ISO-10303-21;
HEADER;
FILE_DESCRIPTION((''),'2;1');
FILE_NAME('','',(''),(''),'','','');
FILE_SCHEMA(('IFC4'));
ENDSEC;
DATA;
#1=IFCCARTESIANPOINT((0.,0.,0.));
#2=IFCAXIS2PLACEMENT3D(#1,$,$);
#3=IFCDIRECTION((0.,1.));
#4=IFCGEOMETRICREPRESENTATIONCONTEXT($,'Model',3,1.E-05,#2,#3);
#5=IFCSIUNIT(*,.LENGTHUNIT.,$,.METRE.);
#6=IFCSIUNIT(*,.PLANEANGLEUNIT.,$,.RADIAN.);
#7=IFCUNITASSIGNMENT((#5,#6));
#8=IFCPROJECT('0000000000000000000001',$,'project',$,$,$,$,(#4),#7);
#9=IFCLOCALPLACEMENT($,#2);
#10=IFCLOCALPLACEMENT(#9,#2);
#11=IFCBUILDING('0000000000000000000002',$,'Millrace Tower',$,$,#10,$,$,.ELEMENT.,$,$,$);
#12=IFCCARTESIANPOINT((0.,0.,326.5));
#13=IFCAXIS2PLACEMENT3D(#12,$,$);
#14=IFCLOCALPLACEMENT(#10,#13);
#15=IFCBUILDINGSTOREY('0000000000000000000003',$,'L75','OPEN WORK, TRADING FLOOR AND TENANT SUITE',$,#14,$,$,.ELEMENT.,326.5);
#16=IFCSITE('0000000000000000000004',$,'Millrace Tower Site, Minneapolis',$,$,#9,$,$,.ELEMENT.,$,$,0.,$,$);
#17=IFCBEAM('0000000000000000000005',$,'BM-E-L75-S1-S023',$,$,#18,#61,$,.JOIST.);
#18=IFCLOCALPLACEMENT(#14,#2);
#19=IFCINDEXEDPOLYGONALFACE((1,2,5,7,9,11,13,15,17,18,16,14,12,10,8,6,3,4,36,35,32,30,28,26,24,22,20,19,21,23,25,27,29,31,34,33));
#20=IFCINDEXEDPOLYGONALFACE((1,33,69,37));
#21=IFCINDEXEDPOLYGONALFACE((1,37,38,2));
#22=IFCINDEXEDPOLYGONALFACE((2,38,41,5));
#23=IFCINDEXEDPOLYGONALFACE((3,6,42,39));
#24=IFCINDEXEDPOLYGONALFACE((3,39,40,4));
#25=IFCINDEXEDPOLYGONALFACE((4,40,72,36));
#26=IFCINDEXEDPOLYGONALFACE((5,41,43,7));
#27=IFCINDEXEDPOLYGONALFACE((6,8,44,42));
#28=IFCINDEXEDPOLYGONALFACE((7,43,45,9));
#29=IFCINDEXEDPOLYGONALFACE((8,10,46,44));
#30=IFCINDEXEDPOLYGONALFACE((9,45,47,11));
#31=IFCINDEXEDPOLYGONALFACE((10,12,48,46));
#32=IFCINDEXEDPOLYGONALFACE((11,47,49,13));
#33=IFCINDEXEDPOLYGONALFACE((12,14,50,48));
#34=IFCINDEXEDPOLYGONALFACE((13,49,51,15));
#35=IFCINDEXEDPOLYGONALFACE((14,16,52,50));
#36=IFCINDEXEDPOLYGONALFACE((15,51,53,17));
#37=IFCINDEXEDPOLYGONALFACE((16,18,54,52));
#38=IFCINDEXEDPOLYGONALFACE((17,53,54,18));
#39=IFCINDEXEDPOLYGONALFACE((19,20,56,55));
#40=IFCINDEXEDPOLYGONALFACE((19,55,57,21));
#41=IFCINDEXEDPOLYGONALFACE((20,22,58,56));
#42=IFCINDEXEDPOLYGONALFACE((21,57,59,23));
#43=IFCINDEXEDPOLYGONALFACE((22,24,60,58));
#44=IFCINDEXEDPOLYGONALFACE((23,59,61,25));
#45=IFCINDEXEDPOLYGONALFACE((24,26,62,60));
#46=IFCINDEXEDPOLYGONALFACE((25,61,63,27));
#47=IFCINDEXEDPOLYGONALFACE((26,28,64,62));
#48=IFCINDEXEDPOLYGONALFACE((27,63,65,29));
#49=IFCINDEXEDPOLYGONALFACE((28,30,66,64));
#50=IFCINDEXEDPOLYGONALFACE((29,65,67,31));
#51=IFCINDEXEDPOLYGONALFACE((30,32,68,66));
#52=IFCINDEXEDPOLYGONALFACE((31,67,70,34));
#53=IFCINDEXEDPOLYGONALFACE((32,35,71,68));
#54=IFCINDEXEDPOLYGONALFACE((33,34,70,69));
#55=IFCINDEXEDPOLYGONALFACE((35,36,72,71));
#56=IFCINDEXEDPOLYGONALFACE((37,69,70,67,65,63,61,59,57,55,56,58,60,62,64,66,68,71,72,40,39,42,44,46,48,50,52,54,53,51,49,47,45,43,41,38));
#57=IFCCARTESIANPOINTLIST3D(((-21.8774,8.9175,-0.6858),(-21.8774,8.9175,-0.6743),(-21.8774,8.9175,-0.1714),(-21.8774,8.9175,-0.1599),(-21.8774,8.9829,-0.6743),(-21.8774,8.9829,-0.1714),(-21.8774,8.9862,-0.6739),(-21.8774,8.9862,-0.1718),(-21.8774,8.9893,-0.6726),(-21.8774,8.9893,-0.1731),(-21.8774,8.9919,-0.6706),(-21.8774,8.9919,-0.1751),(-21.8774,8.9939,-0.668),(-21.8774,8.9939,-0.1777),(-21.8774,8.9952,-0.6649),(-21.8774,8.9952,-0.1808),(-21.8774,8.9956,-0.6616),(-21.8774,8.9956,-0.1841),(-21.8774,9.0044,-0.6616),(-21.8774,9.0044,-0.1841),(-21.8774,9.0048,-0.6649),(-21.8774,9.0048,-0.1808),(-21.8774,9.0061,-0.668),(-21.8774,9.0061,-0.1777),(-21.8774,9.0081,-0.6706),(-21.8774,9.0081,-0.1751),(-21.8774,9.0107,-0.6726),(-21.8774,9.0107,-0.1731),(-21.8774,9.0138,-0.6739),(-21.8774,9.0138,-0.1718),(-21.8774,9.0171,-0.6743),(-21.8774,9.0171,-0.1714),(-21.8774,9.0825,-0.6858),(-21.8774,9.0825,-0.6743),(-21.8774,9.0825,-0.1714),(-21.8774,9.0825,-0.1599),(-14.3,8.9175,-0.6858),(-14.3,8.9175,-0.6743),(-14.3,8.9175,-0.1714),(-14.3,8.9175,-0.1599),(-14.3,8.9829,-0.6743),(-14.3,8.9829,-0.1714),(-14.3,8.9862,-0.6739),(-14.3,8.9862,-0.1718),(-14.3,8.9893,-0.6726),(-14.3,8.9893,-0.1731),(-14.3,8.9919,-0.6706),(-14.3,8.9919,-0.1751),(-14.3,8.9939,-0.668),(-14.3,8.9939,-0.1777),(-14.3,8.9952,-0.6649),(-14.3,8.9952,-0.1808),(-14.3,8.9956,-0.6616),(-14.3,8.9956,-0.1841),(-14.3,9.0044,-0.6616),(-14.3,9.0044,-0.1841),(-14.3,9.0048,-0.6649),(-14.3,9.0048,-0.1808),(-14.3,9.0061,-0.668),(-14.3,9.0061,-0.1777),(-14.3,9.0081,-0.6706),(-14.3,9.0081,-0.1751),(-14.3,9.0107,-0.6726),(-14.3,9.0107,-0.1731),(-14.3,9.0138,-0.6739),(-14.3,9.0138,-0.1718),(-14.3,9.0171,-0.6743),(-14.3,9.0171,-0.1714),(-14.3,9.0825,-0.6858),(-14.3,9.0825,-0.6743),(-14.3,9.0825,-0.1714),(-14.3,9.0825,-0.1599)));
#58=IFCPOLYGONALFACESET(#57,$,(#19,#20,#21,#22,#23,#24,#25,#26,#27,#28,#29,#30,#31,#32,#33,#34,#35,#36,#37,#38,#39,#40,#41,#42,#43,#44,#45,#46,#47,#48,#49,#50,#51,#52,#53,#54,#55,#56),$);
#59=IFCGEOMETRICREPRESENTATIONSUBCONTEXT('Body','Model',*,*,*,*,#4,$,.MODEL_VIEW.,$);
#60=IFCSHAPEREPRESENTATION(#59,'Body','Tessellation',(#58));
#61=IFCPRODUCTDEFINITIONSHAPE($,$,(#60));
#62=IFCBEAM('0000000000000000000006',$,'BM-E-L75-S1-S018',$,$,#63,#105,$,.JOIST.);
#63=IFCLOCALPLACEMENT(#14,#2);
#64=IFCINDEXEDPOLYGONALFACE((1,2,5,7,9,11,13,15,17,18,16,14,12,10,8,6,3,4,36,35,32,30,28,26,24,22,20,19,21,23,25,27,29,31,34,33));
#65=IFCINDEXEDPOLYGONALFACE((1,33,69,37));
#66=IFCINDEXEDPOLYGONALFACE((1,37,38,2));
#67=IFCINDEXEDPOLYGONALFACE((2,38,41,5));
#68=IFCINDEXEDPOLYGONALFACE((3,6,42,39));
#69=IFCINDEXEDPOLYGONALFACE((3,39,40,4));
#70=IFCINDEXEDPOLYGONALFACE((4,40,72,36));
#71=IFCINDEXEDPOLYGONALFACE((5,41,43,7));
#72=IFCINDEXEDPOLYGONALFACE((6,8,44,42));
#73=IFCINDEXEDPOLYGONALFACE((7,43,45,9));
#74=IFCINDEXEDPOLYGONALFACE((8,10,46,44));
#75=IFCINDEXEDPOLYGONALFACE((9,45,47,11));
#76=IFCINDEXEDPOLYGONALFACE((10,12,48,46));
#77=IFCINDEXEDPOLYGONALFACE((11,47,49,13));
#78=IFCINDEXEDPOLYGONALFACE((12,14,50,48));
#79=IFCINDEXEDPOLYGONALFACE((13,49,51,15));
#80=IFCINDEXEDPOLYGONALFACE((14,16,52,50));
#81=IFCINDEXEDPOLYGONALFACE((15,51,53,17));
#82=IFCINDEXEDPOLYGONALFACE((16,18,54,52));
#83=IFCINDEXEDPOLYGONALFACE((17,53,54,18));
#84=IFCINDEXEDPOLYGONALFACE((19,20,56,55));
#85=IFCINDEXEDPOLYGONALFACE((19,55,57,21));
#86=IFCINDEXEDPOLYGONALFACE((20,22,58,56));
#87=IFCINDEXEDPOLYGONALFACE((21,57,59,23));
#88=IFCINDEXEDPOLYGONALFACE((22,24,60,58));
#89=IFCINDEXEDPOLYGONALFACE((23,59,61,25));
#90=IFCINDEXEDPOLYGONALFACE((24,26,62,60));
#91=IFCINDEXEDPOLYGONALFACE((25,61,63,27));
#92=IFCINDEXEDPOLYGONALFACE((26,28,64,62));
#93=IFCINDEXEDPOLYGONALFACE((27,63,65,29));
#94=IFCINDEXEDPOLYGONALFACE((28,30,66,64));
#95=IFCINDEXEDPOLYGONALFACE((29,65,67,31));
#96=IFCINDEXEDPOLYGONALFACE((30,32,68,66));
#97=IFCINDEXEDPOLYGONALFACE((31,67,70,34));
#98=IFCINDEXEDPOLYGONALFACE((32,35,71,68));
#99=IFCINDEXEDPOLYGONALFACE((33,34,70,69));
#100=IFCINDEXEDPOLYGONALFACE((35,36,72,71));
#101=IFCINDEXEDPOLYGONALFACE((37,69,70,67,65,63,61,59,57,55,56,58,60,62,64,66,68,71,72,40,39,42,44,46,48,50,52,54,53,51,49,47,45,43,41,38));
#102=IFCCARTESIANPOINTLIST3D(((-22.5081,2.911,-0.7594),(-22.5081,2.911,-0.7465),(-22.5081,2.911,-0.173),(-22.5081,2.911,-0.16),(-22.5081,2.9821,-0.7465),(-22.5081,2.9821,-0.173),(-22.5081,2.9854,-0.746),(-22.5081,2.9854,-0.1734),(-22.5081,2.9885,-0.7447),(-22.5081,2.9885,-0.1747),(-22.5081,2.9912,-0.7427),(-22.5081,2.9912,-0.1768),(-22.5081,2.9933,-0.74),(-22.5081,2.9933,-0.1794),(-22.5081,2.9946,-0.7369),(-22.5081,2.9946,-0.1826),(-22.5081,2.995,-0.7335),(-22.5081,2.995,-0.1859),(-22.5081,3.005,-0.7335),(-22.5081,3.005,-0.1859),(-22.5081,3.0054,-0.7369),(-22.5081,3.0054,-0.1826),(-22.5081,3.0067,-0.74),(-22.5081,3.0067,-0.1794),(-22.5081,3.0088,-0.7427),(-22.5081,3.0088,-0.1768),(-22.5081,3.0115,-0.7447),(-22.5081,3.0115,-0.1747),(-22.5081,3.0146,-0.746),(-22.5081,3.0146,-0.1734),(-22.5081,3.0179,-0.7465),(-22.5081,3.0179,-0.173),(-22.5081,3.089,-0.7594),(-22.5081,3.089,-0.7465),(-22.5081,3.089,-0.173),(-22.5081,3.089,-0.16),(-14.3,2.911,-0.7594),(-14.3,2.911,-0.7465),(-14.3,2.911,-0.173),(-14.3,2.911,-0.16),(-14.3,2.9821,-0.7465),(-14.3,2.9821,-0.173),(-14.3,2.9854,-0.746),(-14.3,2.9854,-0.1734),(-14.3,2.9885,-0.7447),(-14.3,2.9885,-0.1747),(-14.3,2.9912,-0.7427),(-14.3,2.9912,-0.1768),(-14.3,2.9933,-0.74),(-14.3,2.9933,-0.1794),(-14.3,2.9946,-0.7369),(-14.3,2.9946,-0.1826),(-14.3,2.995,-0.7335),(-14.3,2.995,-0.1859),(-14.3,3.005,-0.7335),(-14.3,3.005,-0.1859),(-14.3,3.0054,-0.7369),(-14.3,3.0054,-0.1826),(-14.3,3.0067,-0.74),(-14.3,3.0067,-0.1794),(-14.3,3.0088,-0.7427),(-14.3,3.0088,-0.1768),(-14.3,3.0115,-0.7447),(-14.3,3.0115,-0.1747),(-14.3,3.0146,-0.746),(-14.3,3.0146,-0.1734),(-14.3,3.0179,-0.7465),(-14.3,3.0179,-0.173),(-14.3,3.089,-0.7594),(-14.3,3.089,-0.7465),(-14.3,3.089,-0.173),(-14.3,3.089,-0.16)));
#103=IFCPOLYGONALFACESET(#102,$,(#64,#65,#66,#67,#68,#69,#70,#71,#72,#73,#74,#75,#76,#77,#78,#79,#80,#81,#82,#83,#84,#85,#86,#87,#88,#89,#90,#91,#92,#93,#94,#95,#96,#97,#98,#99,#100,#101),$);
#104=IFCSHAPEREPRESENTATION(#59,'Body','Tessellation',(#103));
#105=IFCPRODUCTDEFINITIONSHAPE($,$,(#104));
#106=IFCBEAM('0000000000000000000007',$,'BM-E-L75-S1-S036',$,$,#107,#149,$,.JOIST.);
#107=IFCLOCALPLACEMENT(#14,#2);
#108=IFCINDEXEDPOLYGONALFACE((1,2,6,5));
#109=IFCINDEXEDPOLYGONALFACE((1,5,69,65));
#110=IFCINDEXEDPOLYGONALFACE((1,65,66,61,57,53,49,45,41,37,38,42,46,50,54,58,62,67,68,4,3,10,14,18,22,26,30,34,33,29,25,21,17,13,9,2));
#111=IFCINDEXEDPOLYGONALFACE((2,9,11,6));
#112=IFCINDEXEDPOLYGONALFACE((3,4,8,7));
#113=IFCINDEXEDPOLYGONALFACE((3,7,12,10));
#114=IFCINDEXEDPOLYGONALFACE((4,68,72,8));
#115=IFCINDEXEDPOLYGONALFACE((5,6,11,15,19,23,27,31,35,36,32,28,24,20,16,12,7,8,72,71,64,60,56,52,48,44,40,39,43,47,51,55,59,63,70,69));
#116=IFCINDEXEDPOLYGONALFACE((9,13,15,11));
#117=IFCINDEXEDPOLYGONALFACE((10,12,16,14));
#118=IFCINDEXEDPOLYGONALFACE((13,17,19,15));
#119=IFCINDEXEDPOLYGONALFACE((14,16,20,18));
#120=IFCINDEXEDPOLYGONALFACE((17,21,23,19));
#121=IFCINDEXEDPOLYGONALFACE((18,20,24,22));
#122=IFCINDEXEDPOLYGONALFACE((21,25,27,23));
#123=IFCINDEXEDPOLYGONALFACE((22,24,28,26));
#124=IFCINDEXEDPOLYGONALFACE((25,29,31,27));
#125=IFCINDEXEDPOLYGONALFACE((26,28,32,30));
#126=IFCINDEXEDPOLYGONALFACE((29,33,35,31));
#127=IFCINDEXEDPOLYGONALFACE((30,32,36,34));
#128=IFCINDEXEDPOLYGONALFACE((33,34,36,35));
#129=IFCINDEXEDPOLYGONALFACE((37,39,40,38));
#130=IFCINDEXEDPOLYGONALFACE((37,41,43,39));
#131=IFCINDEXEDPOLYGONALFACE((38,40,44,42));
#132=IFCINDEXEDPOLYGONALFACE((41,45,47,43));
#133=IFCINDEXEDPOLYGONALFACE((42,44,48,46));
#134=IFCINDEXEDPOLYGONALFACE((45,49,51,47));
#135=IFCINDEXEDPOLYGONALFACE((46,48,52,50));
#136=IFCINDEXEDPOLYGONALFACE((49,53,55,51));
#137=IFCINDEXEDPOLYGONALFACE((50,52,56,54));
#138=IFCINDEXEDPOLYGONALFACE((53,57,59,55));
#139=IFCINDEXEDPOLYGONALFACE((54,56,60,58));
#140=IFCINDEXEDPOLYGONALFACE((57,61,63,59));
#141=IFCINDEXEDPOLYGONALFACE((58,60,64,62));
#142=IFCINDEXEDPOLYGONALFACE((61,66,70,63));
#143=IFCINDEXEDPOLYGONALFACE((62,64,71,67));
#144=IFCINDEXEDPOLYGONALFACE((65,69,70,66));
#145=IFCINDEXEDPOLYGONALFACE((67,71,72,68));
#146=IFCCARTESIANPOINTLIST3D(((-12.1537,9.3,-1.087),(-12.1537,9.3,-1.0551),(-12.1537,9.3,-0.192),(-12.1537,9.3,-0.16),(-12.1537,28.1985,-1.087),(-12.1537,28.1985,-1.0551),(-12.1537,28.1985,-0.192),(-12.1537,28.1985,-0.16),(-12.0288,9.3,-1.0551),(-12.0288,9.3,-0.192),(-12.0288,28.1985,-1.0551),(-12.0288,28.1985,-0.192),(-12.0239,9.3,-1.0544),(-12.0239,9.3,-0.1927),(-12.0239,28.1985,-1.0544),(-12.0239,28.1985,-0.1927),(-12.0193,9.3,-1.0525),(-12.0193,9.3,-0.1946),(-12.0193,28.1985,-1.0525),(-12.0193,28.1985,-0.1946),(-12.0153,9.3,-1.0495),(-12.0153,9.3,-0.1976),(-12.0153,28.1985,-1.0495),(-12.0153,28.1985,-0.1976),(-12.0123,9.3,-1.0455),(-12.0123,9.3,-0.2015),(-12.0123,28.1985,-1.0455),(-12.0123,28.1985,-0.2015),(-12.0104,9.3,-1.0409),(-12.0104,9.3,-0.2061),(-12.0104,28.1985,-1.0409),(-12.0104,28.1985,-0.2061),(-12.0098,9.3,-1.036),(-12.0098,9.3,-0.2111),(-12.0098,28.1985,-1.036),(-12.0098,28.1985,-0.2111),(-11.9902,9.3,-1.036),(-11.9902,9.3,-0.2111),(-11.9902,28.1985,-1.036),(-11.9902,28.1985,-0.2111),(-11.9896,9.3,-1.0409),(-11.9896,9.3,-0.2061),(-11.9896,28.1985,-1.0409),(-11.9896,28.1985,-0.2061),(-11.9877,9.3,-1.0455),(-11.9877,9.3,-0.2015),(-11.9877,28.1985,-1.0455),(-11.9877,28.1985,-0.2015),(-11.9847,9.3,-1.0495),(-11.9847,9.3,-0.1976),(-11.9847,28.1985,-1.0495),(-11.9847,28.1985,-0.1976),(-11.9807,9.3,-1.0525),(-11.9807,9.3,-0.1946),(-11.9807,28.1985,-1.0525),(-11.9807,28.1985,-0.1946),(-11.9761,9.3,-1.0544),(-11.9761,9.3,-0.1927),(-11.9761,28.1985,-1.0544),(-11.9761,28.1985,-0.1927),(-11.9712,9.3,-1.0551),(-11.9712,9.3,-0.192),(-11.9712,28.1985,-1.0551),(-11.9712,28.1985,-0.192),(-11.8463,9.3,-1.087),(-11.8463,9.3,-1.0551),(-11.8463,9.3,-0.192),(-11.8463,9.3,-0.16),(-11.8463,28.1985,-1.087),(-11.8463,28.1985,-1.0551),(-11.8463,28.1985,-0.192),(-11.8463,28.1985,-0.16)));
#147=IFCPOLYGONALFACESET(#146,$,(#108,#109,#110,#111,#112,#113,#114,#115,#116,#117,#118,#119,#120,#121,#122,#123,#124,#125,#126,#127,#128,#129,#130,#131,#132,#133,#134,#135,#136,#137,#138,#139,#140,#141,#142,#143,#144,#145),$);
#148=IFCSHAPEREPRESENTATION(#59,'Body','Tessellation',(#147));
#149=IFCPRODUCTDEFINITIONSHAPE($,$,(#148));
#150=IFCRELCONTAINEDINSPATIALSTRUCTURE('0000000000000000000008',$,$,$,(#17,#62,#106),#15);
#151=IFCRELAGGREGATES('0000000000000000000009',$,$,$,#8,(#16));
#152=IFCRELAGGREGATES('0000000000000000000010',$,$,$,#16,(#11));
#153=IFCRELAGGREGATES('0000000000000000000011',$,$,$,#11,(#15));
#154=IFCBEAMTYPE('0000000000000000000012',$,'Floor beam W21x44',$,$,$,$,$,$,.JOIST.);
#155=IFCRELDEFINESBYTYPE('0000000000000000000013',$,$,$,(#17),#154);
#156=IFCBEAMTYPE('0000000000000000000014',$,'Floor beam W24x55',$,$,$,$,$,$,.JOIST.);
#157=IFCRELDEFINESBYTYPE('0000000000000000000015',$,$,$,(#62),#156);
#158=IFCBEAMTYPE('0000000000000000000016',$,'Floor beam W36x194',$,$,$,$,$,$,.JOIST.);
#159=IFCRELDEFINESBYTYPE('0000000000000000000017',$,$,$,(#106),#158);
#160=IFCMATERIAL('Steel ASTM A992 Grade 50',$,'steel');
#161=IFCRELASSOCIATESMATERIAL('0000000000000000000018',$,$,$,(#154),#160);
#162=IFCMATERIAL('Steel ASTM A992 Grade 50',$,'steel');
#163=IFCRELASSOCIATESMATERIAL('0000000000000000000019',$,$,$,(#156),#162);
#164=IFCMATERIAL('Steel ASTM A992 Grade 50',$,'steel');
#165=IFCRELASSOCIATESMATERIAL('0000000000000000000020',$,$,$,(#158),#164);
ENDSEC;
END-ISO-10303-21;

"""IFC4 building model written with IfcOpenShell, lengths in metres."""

from ifc_helpers import new_model, si_unit, direction, frame, origin, origin_2d, place, context, subcontext, project, spatial, i_section, extrude, material, material_profile, profile_set, type_object, element, save


model = new_model("IFC4")

# Units and contexts
model_context = context("Model", 3, precision=1e-05, world=origin(), true_north=direction((0.0, 1.0)))
body_context = subcontext(model_context, "Body", "Model", "MODEL_VIEW")
ifc_project = project(units=[si_unit("LENGTHUNIT", "METRE"), si_unit("PLANEANGLEUNIT", "RADIAN")], contexts=[model_context])

# Site, building, storey
site_placement = place(None, origin())
site = spatial("IfcSite", under=ifc_project, at=site_placement, Name="Millrace Tower Site, Minneapolis", CompositionType="ELEMENT", RefElevation=0.0)
building_placement = place(site_placement, origin())
building = spatial("IfcBuilding", under=site, at=building_placement, Name="Millrace Tower", CompositionType="ELEMENT")
storey_placement = place(building_placement, frame((0.0, 0.0, 326.5)))
storey = spatial("IfcBuildingStorey", under=building, at=storey_placement, Name="L75", Description="OPEN WORK, TRADING FLOOR AND TENANT SUITE", CompositionType="ELEMENT", Elevation=326.5)

# Beams
ifc_material_1 = material(Name="Steel ASTM A992 Grade 50", Category="steel")
ifc_material_profile_1 = material_profile(ifc_material_1, i_section(OverallWidth=0.165, OverallDepth=0.5259, WebThickness=0.0088, FlangeThickness=0.0115, FilletRadius=0.0127, at=origin_2d()))
ifc_profile_set_1 = profile_set([ifc_material_profile_1], Name="Steel ASTM A992 Grade 50")
beam_type_1 = type_object("IfcBeamType", Name="Floor beam W21x44", PredefinedType="JOIST", material=ifc_profile_set_1)
beam_1_placement = place(storey_placement, frame((-21.8774, 9.0, -0.4229), z_axis=(1.0, 0.0, 0.0), x_axis=(0.0, 1.0, 0.0)))
element("IfcBeam", 1, at=beam_1_placement, inside=storey, type_object=beam_type_1, Name="BM-E-L75-S1-S023", PredefinedType="JOIST", context=body_context, shape_type="SweptSolid", body=[
    extrude(i_section(OverallWidth=0.165, OverallDepth=0.5259, WebThickness=0.0088, FlangeThickness=0.0115, FilletRadius=0.0127, at=origin_2d()), origin(), (0.0, 0.0, 1.0), 7.5774),
])
ifc_material_2 = material(Name="Steel ASTM A992 Grade 50", Category="steel")
ifc_material_profile_2 = material_profile(ifc_material_2, i_section(OverallWidth=0.178, OverallDepth=0.5994, WebThickness=0.01, FlangeThickness=0.0129, FilletRadius=0.0129, at=origin_2d()))
ifc_profile_set_2 = profile_set([ifc_material_profile_2], Name="Steel ASTM A992 Grade 50")
beam_type_2 = type_object("IfcBeamType", Name="Floor beam W24x55", PredefinedType="JOIST", material=ifc_profile_set_2)
beam_2_placement = place(storey_placement, frame((-22.5081, 3.0, -0.4597), z_axis=(1.0, 0.0, 0.0), x_axis=(0.0, 1.0, 0.0)))
element("IfcBeam", 2, at=beam_2_placement, inside=storey, type_object=beam_type_2, Name="BM-E-L75-S1-S018", PredefinedType="JOIST", context=body_context, shape_type="SweptSolid", body=[
    extrude(i_section(OverallWidth=0.178, OverallDepth=0.5994, WebThickness=0.01, FlangeThickness=0.0129, FilletRadius=0.0129, at=origin_2d()), origin(), (0.0, 0.0, 1.0), 8.208),
])
ifc_material_3 = material(Name="Steel ASTM A992 Grade 50", Category="steel")
ifc_material_profile_3 = material_profile(ifc_material_3, i_section(OverallWidth=0.3074, OverallDepth=0.927, WebThickness=0.0195, FlangeThickness=0.032, FilletRadius=0.019, at=origin_2d()))
ifc_profile_set_3 = profile_set([ifc_material_profile_3], Name="Steel ASTM A992 Grade 50")
beam_type_3 = type_object("IfcBeamType", Name="Floor beam W36x194", PredefinedType="JOIST", material=ifc_profile_set_3)
beam_3_placement = place(storey_placement, frame((-12.0, 9.3, -0.6235), z_axis=(0.0, 1.0, 0.0), x_axis=(-1.0, 0.0, 0.0)))
element("IfcBeam", 3, at=beam_3_placement, inside=storey, type_object=beam_type_3, Name="BM-E-L75-S1-S036", PredefinedType="JOIST", context=body_context, shape_type="SweptSolid", body=[
    extrude(i_section(OverallWidth=0.3074, OverallDepth=0.927, WebThickness=0.0195, FlangeThickness=0.032, FilletRadius=0.019, at=origin_2d()), origin(), (0.0, 0.0, 1.0), 18.8984),
])

save(model, "model.ifc")
